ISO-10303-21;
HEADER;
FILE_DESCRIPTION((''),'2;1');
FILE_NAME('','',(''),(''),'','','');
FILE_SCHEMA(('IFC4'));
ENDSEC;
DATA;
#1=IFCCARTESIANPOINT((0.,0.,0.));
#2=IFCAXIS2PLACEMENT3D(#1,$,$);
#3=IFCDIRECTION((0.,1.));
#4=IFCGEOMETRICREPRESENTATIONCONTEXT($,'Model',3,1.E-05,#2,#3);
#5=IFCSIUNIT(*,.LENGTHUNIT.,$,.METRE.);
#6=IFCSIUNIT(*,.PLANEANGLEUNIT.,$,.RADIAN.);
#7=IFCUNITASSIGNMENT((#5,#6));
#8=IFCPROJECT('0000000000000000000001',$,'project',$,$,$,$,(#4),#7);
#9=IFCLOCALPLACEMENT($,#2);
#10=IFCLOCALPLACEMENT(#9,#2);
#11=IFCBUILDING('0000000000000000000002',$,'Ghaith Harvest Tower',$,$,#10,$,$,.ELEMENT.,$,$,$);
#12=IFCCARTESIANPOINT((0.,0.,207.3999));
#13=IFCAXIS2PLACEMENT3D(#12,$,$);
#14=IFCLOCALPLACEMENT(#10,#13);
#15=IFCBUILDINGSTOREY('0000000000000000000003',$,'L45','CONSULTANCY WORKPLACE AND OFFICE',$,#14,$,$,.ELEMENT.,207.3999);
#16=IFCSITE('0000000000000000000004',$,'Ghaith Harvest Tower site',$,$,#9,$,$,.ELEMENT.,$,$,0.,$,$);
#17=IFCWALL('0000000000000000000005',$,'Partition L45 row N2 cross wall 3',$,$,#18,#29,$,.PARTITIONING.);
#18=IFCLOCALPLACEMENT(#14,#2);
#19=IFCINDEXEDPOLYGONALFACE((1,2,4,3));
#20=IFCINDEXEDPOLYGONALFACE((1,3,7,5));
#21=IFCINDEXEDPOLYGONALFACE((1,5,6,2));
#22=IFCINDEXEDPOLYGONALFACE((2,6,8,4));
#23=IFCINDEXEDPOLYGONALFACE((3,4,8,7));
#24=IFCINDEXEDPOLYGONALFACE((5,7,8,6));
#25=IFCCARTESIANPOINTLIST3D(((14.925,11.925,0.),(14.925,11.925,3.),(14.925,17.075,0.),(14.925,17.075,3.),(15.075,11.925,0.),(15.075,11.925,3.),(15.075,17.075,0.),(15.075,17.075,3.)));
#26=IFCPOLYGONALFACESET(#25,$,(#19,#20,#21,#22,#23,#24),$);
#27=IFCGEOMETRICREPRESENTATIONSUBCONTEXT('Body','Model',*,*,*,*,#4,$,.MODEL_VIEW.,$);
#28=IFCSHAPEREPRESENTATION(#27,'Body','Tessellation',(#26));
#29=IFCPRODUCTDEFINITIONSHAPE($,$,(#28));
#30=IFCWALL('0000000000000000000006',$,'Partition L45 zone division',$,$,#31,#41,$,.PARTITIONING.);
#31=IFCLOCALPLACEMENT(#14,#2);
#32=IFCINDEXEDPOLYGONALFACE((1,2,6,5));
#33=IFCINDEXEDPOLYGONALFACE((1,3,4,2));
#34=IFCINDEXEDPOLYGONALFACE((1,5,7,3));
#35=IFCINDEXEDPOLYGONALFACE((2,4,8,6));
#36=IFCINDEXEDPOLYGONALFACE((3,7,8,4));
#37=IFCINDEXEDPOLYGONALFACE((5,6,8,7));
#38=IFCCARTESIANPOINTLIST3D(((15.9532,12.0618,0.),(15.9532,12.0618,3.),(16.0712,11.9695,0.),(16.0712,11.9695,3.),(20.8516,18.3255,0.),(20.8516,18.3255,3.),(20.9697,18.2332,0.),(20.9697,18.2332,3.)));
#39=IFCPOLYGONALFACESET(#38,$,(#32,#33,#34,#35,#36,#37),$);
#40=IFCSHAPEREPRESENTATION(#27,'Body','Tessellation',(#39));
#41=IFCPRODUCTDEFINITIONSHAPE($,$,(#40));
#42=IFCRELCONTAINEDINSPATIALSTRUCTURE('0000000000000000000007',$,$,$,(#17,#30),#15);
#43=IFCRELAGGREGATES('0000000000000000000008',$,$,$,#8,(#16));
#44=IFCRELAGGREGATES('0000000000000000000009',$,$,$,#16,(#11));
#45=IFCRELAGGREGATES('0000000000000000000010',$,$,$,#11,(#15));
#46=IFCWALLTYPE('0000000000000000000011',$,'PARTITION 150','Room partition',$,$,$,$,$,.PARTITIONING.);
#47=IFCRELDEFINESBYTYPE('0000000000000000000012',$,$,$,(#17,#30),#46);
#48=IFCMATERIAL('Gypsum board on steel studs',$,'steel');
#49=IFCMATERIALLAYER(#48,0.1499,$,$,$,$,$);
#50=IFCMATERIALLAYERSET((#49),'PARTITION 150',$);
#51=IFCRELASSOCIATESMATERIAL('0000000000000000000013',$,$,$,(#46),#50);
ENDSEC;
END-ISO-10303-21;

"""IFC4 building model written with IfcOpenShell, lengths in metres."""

from ifc_helpers import new_model, si_unit, direction, frame, frame_2d, origin, place, context, subcontext, project, spatial, rectangle, extrude, material, layer, layer_set, type_object, element, save


model = new_model("IFC4")

# Units and contexts
model_context = context("Model", 3, precision=1e-05, world=origin(), true_north=direction((0.0, 1.0)))
body_context = subcontext(model_context, "Body", "Model", "MODEL_VIEW")
ifc_project = project(units=[si_unit("LENGTHUNIT", "METRE"), si_unit("PLANEANGLEUNIT", "RADIAN")], contexts=[model_context])

# Site, building, storey
site_placement = place(None, origin())
site = spatial("IfcSite", under=ifc_project, at=site_placement, Name="Ghaith Harvest Tower site", CompositionType="ELEMENT", RefElevation=0.0)
building_placement = place(site_placement, origin())
building = spatial("IfcBuilding", under=site, at=building_placement, Name="Ghaith Harvest Tower", CompositionType="ELEMENT")
storey_placement = place(building_placement, frame((0.0, 0.0, 207.3999)))
storey = spatial("IfcBuildingStorey", under=building, at=storey_placement, Name="L45", Description="CONSULTANCY WORKPLACE AND OFFICE", CompositionType="ELEMENT", Elevation=207.3999)

# Walls
ifc_material_1 = material(Name="Gypsum board on steel studs", Category="steel")
ifc_layer_1 = layer(ifc_material_1, 0.1499)
ifc_layer_set_1 = layer_set([ifc_layer_1], Name="PARTITION 150")
wall_type_1 = type_object("IfcWallType", Name="PARTITION 150", Description="Room partition", PredefinedType="PARTITIONING", material=ifc_layer_set_1)
wall_1_placement = place(storey_placement, frame((15.0, 11.925, 0.0), z_axis=(0.0, 0.0, 1.0), x_axis=(0.0, 1.0, 0.0)))
element("IfcWall", 1, at=wall_1_placement, inside=storey, type_object=wall_type_1, Name="Partition L45 row N2 cross wall 3", PredefinedType="PARTITIONING", context=body_context, shape_type="SweptSolid", body=[
    extrude(rectangle(XDim=5.1499, YDim=0.1499, at=frame_2d((2.575, 0.0))), origin(), (0.0, 0.0, 1.0), 3.0),
])
wall_2_placement = place(storey_placement, frame((16.0122, 12.0156, 0.0), z_axis=(0.0, 0.0, 1.0), x_axis=(0.61603, 0.787723, 0.0)))
element("IfcWall", 2, at=wall_2_placement, inside=storey, type_object=wall_type_1, Name="Partition L45 zone division", PredefinedType="PARTITIONING", context=body_context, shape_type="SweptSolid", body=[
    extrude(rectangle(XDim=7.9517, YDim=0.1499, at=frame_2d((3.9758, 0.0))), origin(), (0.0, 0.0, 1.0), 3.0),
])

save(model, "model.ifc")
